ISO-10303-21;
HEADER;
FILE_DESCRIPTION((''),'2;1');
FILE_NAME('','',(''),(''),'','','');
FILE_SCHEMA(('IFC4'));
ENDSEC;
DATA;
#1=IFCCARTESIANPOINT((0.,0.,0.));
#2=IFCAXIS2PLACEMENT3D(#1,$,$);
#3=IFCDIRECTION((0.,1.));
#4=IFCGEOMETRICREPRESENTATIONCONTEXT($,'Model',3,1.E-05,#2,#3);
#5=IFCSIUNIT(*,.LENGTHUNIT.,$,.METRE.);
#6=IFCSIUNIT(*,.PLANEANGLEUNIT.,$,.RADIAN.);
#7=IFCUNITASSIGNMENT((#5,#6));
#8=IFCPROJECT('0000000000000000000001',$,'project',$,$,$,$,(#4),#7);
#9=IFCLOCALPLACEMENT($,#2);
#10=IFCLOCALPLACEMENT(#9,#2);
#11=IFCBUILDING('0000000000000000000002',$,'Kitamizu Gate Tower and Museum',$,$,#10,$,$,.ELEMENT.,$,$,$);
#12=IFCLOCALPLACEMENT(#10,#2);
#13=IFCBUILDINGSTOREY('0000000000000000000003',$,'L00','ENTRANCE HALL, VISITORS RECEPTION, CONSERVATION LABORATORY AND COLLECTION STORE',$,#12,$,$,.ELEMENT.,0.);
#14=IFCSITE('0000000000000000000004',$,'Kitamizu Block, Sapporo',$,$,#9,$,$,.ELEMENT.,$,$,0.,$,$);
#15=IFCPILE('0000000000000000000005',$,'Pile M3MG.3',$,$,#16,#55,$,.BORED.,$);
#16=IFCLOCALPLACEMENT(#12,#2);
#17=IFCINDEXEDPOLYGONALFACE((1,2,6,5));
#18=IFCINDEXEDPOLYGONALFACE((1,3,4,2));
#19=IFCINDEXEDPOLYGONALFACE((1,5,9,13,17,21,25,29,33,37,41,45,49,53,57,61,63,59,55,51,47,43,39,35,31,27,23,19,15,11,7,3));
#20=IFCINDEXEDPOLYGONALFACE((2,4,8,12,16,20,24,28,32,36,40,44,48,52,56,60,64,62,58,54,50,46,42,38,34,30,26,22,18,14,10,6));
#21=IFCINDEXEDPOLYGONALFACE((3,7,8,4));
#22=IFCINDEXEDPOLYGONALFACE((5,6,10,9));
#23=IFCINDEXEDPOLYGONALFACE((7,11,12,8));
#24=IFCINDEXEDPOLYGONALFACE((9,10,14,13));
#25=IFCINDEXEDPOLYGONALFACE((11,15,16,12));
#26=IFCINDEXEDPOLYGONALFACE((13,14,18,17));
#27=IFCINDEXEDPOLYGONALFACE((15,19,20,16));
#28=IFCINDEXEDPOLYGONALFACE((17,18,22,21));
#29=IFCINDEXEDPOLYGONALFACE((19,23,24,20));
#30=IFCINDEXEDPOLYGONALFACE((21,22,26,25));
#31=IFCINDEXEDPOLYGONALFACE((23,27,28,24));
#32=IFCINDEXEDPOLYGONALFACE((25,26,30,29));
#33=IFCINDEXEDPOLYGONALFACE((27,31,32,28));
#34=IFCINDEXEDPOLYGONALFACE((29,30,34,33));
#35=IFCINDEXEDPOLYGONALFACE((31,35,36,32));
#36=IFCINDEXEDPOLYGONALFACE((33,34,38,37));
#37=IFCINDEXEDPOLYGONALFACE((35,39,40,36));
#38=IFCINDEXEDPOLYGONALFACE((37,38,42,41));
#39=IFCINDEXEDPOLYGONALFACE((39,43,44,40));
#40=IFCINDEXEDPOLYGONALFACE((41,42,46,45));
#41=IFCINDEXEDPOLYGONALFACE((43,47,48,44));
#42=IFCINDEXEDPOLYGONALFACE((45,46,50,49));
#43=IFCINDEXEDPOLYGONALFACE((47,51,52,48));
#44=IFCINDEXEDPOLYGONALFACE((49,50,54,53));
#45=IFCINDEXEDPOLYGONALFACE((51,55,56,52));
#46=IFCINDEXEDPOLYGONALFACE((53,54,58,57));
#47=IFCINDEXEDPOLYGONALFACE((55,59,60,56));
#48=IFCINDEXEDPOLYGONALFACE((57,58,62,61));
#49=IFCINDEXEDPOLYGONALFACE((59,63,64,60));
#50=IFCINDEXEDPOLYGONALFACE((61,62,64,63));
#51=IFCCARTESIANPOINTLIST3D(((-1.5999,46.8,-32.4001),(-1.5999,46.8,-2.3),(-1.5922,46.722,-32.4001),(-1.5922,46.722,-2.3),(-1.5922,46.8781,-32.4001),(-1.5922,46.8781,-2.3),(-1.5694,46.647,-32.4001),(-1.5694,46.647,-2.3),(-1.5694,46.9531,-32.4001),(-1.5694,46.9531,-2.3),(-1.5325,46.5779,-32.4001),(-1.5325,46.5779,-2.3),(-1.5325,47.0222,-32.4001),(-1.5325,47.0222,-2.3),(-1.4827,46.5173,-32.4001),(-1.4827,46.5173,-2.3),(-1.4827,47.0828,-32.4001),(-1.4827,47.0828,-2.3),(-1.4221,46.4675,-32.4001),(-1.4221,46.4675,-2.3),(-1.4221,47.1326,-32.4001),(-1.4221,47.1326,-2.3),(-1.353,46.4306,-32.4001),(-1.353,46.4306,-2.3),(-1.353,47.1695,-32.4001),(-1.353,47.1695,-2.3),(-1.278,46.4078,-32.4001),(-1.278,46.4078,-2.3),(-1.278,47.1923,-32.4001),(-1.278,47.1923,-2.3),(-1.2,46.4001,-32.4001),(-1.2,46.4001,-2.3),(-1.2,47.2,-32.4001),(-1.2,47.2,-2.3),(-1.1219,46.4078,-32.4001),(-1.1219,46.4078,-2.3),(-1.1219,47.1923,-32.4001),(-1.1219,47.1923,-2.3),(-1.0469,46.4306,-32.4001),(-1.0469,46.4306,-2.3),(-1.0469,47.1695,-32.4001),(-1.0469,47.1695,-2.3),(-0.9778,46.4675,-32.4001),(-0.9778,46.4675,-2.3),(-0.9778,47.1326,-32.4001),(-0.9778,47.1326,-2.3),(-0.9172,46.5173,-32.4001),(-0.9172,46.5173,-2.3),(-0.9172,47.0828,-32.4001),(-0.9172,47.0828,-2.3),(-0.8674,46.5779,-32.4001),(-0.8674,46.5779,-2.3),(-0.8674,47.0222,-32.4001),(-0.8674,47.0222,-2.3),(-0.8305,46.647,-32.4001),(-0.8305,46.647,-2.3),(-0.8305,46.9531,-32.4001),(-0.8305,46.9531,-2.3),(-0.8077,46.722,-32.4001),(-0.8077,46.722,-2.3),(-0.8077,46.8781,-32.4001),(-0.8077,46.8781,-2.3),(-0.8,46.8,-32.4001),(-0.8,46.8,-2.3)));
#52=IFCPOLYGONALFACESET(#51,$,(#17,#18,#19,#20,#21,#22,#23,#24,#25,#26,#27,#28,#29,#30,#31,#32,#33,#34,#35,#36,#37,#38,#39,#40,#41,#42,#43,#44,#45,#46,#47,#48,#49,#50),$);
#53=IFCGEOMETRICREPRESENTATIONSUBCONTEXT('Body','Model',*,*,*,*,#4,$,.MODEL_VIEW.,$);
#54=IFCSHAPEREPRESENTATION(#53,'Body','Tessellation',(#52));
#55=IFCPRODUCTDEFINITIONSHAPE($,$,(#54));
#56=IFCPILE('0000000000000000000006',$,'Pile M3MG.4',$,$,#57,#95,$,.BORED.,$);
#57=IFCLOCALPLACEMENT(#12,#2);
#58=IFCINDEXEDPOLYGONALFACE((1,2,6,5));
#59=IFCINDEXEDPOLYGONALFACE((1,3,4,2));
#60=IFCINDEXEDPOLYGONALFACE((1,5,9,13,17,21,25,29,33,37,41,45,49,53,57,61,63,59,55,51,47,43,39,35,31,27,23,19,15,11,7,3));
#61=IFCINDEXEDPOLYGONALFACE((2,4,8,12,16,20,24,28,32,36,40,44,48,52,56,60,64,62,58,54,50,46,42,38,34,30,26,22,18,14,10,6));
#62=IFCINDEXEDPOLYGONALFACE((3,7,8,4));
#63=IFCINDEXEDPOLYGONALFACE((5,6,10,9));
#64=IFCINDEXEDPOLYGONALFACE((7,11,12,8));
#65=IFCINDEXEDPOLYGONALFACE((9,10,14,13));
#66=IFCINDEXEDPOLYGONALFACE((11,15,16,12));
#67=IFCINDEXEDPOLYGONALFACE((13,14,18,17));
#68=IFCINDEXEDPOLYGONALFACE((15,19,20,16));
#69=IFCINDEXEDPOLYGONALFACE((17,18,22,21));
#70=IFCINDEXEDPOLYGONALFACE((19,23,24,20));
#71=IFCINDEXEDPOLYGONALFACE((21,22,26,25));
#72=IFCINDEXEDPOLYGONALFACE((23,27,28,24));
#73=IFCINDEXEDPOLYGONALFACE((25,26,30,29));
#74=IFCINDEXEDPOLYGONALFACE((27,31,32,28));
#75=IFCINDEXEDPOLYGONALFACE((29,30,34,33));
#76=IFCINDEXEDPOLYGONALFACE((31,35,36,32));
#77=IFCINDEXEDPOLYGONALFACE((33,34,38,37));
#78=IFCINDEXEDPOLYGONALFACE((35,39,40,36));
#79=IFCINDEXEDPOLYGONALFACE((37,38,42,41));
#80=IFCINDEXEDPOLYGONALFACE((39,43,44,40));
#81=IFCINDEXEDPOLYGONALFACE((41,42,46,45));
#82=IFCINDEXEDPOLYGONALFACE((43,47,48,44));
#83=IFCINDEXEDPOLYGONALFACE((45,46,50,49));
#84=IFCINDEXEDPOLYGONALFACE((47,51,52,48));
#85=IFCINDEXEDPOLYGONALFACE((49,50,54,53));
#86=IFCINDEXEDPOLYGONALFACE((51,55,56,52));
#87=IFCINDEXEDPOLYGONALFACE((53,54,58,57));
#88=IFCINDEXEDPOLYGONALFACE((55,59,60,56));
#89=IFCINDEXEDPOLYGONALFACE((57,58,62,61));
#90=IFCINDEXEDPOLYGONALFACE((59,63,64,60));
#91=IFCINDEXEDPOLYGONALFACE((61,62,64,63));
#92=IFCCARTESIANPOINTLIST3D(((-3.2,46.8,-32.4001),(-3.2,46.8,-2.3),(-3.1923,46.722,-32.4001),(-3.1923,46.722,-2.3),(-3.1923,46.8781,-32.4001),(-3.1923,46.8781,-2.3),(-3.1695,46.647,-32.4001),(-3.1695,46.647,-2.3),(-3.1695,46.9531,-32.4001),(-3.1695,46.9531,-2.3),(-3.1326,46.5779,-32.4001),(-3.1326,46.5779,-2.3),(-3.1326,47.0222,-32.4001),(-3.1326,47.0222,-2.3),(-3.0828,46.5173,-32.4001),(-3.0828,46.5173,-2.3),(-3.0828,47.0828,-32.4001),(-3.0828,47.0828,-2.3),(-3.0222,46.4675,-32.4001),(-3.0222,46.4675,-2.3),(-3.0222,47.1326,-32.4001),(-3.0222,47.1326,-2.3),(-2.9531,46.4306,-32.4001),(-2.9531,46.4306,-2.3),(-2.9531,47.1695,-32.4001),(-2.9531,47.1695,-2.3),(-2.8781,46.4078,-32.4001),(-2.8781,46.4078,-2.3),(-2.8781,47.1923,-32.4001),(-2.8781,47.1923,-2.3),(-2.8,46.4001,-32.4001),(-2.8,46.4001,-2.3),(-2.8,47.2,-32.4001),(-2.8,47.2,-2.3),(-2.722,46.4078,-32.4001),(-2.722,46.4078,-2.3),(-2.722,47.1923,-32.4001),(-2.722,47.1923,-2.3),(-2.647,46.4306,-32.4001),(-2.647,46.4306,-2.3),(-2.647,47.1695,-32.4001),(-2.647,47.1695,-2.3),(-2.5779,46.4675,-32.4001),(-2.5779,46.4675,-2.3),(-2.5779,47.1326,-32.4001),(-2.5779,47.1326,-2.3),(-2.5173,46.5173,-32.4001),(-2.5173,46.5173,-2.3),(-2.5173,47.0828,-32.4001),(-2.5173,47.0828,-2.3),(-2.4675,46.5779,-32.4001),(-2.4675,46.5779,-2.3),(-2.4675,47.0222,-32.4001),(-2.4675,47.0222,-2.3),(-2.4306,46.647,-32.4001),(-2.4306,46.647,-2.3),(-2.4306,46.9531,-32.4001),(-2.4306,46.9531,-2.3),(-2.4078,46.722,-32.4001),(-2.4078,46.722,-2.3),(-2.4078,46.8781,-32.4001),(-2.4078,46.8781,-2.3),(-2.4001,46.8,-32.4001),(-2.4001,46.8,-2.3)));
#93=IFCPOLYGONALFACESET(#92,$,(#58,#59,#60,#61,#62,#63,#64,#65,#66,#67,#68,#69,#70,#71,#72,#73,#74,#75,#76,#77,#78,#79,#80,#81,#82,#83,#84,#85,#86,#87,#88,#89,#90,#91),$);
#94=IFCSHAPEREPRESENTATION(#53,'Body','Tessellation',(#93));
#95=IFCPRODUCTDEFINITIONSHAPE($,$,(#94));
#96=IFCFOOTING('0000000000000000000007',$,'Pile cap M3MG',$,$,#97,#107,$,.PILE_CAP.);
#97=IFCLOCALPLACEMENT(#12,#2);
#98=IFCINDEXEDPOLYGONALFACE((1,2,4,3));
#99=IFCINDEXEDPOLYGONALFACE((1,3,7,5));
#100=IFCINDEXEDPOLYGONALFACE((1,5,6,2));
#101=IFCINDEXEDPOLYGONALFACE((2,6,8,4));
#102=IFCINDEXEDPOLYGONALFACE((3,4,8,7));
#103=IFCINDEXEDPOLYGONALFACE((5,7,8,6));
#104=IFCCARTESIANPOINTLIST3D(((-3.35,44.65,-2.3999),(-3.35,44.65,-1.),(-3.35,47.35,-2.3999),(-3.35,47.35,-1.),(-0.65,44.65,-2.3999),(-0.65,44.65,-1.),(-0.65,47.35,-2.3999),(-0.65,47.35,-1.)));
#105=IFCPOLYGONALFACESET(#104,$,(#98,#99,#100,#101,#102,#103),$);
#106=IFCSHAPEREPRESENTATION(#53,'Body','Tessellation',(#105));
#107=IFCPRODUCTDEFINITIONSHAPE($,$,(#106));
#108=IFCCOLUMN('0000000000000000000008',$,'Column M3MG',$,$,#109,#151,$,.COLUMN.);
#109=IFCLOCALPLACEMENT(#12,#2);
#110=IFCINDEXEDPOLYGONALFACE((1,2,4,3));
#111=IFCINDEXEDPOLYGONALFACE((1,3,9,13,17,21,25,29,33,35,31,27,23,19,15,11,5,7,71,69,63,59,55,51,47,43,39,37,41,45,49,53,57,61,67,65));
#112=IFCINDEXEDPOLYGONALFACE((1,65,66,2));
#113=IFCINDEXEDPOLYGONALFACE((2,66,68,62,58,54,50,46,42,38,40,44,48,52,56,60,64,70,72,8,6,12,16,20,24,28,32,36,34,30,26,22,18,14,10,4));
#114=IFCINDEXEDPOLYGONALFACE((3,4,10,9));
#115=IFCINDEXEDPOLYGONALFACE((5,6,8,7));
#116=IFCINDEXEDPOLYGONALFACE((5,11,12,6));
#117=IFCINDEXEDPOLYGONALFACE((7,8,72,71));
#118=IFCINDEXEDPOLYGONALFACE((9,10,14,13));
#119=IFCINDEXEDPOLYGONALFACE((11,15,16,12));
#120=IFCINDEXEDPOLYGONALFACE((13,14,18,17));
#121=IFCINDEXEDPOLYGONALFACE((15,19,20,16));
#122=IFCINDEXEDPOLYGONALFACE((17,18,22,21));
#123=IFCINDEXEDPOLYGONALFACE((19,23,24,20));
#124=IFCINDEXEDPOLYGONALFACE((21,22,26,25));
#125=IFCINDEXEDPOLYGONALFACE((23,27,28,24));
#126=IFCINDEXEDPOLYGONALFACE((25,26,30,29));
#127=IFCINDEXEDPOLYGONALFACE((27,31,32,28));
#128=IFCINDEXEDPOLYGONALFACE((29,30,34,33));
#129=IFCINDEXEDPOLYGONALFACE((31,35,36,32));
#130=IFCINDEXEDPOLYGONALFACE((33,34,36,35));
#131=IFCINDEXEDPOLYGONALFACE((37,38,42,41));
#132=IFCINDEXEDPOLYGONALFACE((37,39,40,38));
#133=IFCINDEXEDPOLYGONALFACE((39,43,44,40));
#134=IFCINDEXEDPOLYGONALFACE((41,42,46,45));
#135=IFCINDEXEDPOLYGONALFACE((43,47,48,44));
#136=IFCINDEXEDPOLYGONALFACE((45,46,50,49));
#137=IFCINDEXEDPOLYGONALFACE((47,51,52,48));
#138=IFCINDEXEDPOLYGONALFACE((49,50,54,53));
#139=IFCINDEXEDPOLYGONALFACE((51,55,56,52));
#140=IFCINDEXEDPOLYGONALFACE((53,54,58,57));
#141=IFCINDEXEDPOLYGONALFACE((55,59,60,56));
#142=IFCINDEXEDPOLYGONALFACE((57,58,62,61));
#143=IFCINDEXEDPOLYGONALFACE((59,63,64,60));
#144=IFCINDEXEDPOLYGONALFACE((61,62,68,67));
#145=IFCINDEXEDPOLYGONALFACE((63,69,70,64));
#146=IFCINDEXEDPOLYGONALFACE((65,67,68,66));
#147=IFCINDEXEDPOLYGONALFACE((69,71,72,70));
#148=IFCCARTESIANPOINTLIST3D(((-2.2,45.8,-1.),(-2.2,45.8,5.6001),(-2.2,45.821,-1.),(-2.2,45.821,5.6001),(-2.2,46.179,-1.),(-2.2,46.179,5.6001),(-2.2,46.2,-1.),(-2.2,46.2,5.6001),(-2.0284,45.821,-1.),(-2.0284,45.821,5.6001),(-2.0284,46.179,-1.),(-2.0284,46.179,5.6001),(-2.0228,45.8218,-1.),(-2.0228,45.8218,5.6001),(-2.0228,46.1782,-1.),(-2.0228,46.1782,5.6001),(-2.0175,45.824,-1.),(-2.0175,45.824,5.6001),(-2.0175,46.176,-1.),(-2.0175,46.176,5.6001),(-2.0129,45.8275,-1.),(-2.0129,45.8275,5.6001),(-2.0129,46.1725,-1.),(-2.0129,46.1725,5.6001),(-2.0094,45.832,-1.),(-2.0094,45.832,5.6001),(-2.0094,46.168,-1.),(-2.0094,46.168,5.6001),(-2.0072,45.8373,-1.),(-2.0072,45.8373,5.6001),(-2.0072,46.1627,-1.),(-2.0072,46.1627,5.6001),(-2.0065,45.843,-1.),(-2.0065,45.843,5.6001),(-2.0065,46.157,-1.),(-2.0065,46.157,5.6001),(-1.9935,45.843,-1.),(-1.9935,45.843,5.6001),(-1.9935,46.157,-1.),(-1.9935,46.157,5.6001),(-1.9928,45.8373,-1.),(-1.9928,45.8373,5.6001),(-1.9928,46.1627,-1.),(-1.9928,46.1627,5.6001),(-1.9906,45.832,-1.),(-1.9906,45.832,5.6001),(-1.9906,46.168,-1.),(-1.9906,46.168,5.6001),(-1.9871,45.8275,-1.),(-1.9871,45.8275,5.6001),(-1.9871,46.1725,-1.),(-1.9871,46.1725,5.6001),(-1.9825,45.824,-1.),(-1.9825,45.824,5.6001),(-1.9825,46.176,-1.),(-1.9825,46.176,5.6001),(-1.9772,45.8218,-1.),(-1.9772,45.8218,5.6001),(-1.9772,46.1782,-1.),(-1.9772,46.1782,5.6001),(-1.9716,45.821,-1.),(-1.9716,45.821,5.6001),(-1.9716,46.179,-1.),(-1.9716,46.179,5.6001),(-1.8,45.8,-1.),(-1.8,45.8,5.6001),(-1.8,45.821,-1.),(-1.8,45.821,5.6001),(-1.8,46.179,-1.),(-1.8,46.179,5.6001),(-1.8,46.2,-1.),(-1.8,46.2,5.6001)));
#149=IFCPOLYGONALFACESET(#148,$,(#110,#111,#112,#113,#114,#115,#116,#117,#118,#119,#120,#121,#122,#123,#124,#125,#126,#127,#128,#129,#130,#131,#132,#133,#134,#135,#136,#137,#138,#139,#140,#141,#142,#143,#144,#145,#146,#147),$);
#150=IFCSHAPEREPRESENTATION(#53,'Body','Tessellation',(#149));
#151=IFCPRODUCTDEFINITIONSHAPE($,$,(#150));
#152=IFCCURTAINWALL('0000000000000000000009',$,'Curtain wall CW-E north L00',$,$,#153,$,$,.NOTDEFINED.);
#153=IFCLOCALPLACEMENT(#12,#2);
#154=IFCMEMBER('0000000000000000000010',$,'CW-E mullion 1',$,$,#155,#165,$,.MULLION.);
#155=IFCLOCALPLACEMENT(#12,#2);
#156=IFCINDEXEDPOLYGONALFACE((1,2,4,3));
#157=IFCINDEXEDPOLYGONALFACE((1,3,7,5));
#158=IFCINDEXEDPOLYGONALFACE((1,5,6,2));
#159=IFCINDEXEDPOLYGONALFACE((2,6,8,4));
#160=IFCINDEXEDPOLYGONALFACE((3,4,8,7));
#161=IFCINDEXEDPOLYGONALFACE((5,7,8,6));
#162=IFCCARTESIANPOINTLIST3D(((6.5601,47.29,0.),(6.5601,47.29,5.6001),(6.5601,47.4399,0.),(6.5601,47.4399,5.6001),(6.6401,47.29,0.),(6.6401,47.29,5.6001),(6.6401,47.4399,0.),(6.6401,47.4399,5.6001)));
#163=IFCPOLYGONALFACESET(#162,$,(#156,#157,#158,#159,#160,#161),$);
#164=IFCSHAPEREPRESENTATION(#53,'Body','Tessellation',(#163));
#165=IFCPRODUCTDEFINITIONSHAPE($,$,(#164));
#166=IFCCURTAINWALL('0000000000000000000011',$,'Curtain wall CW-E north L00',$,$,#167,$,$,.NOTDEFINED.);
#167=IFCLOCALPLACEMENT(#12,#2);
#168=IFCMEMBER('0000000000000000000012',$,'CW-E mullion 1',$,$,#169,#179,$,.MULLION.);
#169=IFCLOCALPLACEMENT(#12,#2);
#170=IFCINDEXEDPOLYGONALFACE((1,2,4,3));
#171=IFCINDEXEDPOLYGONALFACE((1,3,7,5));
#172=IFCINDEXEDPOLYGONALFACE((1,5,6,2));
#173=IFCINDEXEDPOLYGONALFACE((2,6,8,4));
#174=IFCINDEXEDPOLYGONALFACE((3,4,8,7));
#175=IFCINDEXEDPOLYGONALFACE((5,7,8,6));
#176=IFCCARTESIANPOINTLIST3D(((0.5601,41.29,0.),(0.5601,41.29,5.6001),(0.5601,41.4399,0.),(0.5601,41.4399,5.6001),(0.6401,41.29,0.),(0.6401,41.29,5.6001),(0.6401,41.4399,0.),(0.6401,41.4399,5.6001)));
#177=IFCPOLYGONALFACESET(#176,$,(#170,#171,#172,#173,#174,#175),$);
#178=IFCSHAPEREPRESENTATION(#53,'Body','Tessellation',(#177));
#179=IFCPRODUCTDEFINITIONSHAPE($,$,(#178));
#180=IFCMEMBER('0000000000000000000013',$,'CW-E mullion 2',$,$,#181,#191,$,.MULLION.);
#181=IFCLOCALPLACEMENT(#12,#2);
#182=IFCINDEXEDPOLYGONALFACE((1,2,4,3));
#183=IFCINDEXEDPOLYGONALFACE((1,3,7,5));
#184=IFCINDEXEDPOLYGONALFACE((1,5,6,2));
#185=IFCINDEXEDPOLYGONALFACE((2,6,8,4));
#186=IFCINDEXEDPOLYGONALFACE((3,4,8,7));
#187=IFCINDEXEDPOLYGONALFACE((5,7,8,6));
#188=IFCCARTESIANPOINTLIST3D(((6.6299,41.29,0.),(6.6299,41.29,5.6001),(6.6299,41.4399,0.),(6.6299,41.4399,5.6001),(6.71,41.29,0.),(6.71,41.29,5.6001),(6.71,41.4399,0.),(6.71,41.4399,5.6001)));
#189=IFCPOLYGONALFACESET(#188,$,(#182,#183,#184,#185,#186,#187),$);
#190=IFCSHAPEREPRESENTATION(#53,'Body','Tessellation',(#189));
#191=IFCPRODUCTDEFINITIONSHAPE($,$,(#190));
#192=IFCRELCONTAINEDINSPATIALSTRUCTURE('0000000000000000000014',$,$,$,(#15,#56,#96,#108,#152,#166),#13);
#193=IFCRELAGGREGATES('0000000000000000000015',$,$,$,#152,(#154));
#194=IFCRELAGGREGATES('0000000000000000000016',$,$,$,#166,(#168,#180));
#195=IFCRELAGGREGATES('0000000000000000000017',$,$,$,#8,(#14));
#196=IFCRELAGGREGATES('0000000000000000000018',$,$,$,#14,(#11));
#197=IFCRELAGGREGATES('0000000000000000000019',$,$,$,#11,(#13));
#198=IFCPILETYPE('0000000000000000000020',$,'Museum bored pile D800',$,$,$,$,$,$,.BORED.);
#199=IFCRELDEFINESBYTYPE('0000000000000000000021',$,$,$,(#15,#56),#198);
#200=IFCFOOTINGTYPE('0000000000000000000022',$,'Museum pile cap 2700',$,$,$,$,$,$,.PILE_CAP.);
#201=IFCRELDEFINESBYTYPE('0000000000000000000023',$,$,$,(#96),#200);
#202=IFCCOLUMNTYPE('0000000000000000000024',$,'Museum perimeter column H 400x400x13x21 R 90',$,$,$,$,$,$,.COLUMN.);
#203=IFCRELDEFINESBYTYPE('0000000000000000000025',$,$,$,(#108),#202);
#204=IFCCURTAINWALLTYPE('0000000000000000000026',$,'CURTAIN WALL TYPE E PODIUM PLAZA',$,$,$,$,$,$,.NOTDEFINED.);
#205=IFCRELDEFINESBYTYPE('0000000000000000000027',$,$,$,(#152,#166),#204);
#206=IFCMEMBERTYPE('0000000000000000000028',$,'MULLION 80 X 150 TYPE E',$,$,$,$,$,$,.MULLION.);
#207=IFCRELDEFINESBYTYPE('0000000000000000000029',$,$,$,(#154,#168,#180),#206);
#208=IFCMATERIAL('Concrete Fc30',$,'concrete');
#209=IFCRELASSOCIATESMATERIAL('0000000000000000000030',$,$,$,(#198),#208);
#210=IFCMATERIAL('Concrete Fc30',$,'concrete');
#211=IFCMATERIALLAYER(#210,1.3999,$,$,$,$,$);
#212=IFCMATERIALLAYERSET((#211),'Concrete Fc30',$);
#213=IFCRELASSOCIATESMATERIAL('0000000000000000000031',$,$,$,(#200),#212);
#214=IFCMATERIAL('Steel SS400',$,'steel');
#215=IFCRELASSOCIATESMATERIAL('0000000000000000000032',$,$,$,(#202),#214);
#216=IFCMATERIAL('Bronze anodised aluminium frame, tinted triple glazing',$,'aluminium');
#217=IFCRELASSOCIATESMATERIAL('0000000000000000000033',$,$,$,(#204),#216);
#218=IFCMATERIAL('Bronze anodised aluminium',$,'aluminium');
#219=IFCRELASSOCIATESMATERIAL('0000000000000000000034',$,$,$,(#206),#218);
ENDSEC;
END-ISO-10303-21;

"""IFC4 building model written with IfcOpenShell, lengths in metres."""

from ifc_helpers import new_model, si_unit, direction, frame, origin, origin_2d, place, context, subcontext, project, spatial, rectangle, circle, i_section, extrude, material, layer, layer_set, material_profile, profile_set, type_object, element, aggregate, save


model = new_model("IFC4")

# Units and contexts
model_context = context("Model", 3, precision=1e-05, world=origin(), true_north=direction((0.0, 1.0)))
body_context = subcontext(model_context, "Body", "Model", "MODEL_VIEW")
ifc_project = project(units=[si_unit("LENGTHUNIT", "METRE"), si_unit("PLANEANGLEUNIT", "RADIAN")], contexts=[model_context])

# Site, building, storey
site_placement = place(None, origin())
site = spatial("IfcSite", under=ifc_project, at=site_placement, Name="Kitamizu Block, Sapporo", CompositionType="ELEMENT", RefElevation=0.0)
building_placement = place(site_placement, origin())
building = spatial("IfcBuilding", under=site, at=building_placement, Name="Kitamizu Gate Tower and Museum", CompositionType="ELEMENT")
storey_placement = place(building_placement, origin())
storey = spatial("IfcBuildingStorey", under=building, at=storey_placement, Name="L00", Description="ENTRANCE HALL, VISITORS RECEPTION, CONSERVATION LABORATORY AND COLLECTION STORE", CompositionType="ELEMENT", Elevation=0.0)

# Piles
ifc_material_1 = material(Name="Concrete Fc30", Category="concrete")
ifc_material_profile_1 = material_profile(ifc_material_1, circle(Radius=0.3999, at=origin_2d()), Name="D800")
ifc_profile_set_1 = profile_set([ifc_material_profile_1], Name="Concrete Fc30")
pile_type_1 = type_object("IfcPileType", Name="Museum bored pile D800", PredefinedType="BORED", material=ifc_profile_set_1)
for number, where, z_axis, x_axis, name in (
    (1, (-1.2, 46.8, -2.3), (0.0, 0.0, -1.0), (1.0, 0.0, 0.0), "Pile M3MG.3"),
    (2, (-2.8, 46.8, -2.3), (0.0, 0.0, -1.0), (1.0, 0.0, 0.0), "Pile M3MG.4"),
):
    element("IfcPile", number, at=place(storey_placement, frame(where, z_axis=z_axis, x_axis=x_axis)), inside=storey, type_object=pile_type_1, Name=name, PredefinedType="BORED", context=body_context, shape_type="SweptSolid", body=[
        extrude(circle(Radius=0.3999, at=origin_2d()), origin(), (0.0, 0.0, 1.0), 30.1001),
    ])

# Footing
ifc_material_2 = material(Name="Concrete Fc30", Category="concrete")
ifc_layer_1 = layer(ifc_material_2, 1.3999)
ifc_layer_set_1 = layer_set([ifc_layer_1], Name="Concrete Fc30")
footing_type = type_object("IfcFootingType", Name="Museum pile cap 2700", PredefinedType="PILE_CAP", material=ifc_layer_set_1)
footing_placement = place(storey_placement, frame((-2.0, 46.0, -2.3999), z_axis=(0.0, 0.0, 1.0), x_axis=(1.0, 0.0, 0.0)))
element("IfcFooting", 3, at=footing_placement, inside=storey, type_object=footing_type, Name="Pile cap M3MG", PredefinedType="PILE_CAP", context=body_context, shape_type="SweptSolid", body=[
    extrude(rectangle(XDim=2.7, YDim=2.7, at=origin_2d()), origin(), (0.0, 0.0, 1.0), 1.3999),
])

# Column
ifc_material_3 = material(Name="Steel SS400", Category="steel")
ifc_material_profile_2 = material_profile(ifc_material_3, i_section(OverallWidth=0.3999, OverallDepth=0.3999, WebThickness=0.0129, FlangeThickness=0.021, FilletRadius=0.022, at=origin_2d()), Name="H-400x400x13x21")
ifc_profile_set_2 = profile_set([ifc_material_profile_2], Name="Steel SS400")
column_type = type_object("IfcColumnType", Name="Museum perimeter column H 400x400x13x21 R 90", PredefinedType="COLUMN", material=ifc_profile_set_2)
column_placement = place(storey_placement, frame((-2.0, 46.0, -1.0), z_axis=(0.0, 0.0, 1.0), x_axis=(1.0, 0.0, 0.0)))
element("IfcColumn", 4, at=column_placement, inside=storey, type_object=column_type, Name="Column M3MG", PredefinedType="COLUMN", context=body_context, shape_type="SweptSolid", body=[
    extrude(i_section(OverallWidth=0.3999, OverallDepth=0.3999, WebThickness=0.0129, FlangeThickness=0.021, FilletRadius=0.022, at=origin_2d()), origin(), (0.0, 0.0, 1.0), 6.6001),
])

# Curtain wall, member
ifc_material_4 = material(Name="Bronze anodised aluminium frame, tinted triple glazing", Category="aluminium")
curtain_wall_type = type_object("IfcCurtainWallType", Name="CURTAIN WALL TYPE E PODIUM PLAZA", PredefinedType="NOTDEFINED", material=ifc_material_4)
curtain_wall_1_placement = place(storey_placement, origin())
curtain_wall_1 = element("IfcCurtainWall", 5, at=curtain_wall_1_placement, inside=storey, type_object=curtain_wall_type, Name="Curtain wall CW-E north L00", PredefinedType="NOTDEFINED")
ifc_material_5 = material(Name="Bronze anodised aluminium", Category="aluminium")
ifc_material_profile_3 = material_profile(ifc_material_5, rectangle(XDim=0.0801, YDim=0.1499, at=origin_2d()), Name="AL 80X150")
ifc_profile_set_3 = profile_set([ifc_material_profile_3], Name="Bronze anodised aluminium")
member_type_1 = type_object("IfcMemberType", Name="MULLION 80 X 150 TYPE E", PredefinedType="MULLION", material=ifc_profile_set_3)
member_1_placement = place(storey_placement, frame((6.6001, 47.365, 0.0), z_axis=(0.0, 0.0, 1.0), x_axis=(1.0, 0.0, 0.0)))
member_1 = element("IfcMember", 6, at=member_1_placement, type_object=member_type_1, Name="CW-E mullion 1", PredefinedType="MULLION", context=body_context, shape_type="SweptSolid", body=[
    extrude(rectangle(XDim=0.0801, YDim=0.1499, at=origin_2d()), origin(), (0.0, 0.0, 1.0), 5.6001),
])

# Curtain wall, members
curtain_wall_2_placement = place(storey_placement, origin())
curtain_wall_2 = element("IfcCurtainWall", 7, at=curtain_wall_2_placement, inside=storey, type_object=curtain_wall_type, Name="Curtain wall CW-E north L00", PredefinedType="NOTDEFINED")
member_2_placement = place(storey_placement, frame((0.6001, 41.365, 0.0), z_axis=(0.0, 0.0, 1.0), x_axis=(1.0, 0.0, 0.0)))
member_2 = element("IfcMember", 8, at=member_2_placement, type_object=member_type_1, Name="CW-E mullion 1", PredefinedType="MULLION", context=body_context, shape_type="SweptSolid", body=[
    extrude(rectangle(XDim=0.0801, YDim=0.1499, at=origin_2d()), origin(), (0.0, 0.0, 1.0), 5.6001),
])
member_3_placement = place(storey_placement, frame((6.6699, 41.365, 0.0), z_axis=(0.0, 0.0, 1.0), x_axis=(1.0, 0.0, 0.0)))
member_3 = element("IfcMember", 9, at=member_3_placement, type_object=member_type_1, Name="CW-E mullion 2", PredefinedType="MULLION", context=body_context, shape_type="SweptSolid", body=[
    extrude(rectangle(XDim=0.0801, YDim=0.1499, at=origin_2d()), origin(), (0.0, 0.0, 1.0), 5.6001),
])

aggregate(curtain_wall_1, [member_1])
aggregate(curtain_wall_2, [member_2, member_3])

save(model, "model.ifc")
